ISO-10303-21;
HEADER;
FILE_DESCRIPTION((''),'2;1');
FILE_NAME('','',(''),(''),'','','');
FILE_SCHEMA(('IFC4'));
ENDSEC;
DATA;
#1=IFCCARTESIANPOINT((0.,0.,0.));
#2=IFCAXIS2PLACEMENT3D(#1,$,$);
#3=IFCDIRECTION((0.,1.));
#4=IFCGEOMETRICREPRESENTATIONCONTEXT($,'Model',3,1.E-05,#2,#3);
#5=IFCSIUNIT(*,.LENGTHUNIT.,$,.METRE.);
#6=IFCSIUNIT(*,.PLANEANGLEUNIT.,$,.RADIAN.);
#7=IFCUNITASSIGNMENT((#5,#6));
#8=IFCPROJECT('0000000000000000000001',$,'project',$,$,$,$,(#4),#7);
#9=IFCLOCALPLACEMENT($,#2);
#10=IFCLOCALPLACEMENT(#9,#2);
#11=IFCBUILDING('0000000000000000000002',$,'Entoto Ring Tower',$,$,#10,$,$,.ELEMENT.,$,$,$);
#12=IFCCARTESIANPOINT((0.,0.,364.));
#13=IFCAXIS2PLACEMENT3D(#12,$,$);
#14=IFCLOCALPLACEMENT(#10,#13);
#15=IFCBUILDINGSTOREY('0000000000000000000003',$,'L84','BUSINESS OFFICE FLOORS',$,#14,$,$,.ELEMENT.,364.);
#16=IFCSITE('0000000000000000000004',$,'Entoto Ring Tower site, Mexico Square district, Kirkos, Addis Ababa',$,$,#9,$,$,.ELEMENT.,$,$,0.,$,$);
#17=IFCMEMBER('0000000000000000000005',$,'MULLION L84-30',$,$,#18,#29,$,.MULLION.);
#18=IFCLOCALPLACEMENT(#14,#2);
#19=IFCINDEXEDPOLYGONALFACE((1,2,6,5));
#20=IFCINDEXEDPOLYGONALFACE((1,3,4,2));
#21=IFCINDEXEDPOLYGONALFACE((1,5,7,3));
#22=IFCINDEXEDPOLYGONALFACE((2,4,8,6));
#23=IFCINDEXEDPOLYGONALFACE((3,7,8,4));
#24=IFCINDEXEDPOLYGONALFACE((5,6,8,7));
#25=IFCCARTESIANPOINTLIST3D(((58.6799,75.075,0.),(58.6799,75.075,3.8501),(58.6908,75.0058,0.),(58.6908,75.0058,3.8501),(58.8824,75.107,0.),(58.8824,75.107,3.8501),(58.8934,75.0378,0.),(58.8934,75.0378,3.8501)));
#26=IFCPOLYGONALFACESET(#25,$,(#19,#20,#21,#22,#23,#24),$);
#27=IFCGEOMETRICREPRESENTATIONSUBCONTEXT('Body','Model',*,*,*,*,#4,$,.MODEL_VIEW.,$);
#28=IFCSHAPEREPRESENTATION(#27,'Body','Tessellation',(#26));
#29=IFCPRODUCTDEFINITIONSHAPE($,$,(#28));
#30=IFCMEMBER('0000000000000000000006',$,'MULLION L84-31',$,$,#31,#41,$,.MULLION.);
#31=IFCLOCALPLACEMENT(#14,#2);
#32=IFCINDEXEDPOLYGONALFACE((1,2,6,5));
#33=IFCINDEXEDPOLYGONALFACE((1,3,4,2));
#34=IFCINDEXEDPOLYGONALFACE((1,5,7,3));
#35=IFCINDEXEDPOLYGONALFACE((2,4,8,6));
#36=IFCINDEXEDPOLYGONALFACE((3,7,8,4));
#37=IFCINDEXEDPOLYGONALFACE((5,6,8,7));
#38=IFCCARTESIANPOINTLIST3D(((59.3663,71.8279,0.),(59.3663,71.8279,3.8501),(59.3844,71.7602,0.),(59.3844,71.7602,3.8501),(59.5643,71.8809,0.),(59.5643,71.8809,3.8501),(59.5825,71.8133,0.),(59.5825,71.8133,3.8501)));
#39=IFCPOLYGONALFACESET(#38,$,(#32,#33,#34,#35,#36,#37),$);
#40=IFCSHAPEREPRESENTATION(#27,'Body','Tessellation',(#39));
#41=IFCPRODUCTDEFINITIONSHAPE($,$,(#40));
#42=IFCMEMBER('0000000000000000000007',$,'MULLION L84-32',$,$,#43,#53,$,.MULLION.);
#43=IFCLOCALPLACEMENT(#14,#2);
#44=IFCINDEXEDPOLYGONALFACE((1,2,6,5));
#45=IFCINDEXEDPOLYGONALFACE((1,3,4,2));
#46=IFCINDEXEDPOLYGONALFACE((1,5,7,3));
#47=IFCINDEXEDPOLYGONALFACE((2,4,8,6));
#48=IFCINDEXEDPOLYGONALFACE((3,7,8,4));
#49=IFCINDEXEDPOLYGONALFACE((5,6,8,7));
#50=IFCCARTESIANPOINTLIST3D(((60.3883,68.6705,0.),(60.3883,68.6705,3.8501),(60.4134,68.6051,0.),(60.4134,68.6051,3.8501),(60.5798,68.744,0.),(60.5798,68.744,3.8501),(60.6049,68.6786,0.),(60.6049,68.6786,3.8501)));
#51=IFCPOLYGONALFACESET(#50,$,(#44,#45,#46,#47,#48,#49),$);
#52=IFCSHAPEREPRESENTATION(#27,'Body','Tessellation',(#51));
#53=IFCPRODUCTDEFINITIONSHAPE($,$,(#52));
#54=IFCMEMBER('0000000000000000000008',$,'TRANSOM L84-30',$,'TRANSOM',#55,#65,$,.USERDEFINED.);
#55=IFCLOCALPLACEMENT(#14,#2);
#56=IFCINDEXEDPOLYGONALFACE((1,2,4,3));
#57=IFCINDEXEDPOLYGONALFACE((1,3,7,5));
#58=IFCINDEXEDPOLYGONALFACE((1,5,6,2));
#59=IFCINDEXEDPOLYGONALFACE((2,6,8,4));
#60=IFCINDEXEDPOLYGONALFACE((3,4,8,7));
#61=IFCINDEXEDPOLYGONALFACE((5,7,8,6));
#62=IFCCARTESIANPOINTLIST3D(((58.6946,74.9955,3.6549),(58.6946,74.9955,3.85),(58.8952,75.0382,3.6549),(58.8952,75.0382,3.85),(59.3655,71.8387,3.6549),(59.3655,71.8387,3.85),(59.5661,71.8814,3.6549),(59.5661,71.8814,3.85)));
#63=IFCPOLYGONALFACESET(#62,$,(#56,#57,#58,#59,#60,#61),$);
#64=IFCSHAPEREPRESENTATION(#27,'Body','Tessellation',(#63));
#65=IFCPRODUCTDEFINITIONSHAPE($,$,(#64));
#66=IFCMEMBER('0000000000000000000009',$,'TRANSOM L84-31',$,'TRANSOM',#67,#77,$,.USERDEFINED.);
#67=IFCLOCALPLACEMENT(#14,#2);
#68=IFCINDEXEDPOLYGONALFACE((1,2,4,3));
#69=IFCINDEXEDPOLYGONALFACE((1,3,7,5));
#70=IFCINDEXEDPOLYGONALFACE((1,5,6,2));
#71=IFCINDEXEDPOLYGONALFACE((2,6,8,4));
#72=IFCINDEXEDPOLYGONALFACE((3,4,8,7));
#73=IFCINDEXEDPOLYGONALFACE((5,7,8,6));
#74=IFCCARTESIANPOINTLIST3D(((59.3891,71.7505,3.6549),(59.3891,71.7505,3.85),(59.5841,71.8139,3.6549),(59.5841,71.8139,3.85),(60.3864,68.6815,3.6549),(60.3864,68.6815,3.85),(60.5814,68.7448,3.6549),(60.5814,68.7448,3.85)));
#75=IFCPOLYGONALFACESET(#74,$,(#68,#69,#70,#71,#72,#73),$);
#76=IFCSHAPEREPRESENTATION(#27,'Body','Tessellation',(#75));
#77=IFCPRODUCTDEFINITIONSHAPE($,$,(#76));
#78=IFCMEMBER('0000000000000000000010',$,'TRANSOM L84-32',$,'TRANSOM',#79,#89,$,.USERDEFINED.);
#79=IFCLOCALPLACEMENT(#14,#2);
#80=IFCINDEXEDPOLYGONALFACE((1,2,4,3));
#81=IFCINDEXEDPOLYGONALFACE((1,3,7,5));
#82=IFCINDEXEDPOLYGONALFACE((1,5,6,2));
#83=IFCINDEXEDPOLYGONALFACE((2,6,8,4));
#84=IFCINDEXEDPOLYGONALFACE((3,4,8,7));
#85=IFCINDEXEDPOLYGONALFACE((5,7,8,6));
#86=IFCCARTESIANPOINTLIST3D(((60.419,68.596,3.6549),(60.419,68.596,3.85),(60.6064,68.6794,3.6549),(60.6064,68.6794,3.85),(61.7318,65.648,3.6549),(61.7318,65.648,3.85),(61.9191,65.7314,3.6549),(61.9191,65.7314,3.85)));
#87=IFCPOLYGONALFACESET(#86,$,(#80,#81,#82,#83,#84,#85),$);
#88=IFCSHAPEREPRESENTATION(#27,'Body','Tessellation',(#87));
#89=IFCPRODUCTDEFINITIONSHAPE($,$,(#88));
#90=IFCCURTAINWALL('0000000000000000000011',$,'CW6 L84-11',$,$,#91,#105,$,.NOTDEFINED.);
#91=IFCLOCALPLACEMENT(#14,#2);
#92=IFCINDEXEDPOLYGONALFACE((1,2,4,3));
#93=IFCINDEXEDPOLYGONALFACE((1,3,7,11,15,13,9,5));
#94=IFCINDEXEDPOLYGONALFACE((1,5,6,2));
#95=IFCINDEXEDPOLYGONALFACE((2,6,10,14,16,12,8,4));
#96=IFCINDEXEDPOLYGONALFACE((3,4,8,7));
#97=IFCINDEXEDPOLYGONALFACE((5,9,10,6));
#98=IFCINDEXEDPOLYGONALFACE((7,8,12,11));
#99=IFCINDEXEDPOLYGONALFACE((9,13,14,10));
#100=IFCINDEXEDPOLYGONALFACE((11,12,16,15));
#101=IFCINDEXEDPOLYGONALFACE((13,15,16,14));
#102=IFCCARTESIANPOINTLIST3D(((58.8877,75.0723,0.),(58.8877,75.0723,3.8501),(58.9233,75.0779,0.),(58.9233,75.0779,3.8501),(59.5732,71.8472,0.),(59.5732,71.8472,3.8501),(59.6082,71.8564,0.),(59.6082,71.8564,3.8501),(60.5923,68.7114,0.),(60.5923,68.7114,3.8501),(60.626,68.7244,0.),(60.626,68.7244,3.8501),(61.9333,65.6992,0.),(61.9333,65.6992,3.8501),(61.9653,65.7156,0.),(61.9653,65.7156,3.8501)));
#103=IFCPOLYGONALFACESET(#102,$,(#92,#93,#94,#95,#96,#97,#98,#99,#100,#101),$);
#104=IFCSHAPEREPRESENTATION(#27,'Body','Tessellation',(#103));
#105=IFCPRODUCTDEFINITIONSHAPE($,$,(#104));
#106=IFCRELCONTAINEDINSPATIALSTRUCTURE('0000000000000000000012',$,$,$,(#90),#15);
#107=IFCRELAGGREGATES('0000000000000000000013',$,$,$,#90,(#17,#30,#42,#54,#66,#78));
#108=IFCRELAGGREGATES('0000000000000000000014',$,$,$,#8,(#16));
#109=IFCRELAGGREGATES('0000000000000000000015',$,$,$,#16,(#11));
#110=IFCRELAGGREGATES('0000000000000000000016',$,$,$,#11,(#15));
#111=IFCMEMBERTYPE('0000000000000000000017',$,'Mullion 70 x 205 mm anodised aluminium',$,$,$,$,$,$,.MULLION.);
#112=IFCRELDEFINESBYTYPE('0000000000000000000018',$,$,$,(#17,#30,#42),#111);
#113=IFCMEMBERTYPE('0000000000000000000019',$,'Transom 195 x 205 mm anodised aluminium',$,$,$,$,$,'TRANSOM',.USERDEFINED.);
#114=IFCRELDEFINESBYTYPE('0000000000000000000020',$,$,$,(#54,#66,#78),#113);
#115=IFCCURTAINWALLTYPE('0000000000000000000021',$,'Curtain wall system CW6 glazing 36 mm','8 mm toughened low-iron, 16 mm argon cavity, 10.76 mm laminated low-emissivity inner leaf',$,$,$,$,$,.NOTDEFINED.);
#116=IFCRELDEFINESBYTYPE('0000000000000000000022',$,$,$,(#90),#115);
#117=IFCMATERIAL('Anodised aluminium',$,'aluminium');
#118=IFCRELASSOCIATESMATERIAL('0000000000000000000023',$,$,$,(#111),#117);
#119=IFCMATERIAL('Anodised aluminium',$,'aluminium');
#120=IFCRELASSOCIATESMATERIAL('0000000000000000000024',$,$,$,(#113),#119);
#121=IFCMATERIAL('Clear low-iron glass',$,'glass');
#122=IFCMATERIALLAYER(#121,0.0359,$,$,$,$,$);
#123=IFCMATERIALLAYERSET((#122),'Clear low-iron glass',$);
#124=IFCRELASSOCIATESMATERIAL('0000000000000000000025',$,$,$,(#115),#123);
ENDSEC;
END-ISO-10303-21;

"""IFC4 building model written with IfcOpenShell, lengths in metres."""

from ifc_helpers import new_model, si_unit, direction, frame, origin, origin_2d, place, context, subcontext, project, spatial, polyline, rectangle, outline, extrude, material, layer, layer_set, material_profile, profile_set, type_object, element, aggregate, save


model = new_model("IFC4")

# Units and contexts
model_context = context("Model", 3, precision=1e-05, world=origin(), true_north=direction((0.0, 1.0)))
body_context = subcontext(model_context, "Body", "Model", "MODEL_VIEW")
ifc_project = project(units=[si_unit("LENGTHUNIT", "METRE"), si_unit("PLANEANGLEUNIT", "RADIAN")], contexts=[model_context])

# Members
ifc_material_1 = material(Name="Anodised aluminium", Category="aluminium")
ifc_material_profile_1 = material_profile(ifc_material_1, rectangle(XDim=0.0701, YDim=0.2051, at=origin_2d()), Name="Mullion 70 x 205 mm anodised aluminium")
ifc_profile_set_1 = profile_set([ifc_material_profile_1], Name="Anodised aluminium")
member_type_1 = type_object("IfcMemberType", Name="Mullion 70 x 205 mm anodised aluminium", PredefinedType="MULLION", material=ifc_profile_set_1)
site_placement = place(None, origin())
building_placement = place(site_placement, origin())
storey_placement = place(building_placement, frame((0.0, 0.0, 364.0)))
member_1_placement = place(storey_placement, frame((58.7866, 75.0564, 0.0), z_axis=(0.0, 0.0, 1.0), x_axis=(0.156434, -0.987688, 0.0)))
member_1 = element("IfcMember", 1, at=member_1_placement, type_object=member_type_1, Name="MULLION L84-30", PredefinedType="MULLION", context=body_context, shape_type="SweptSolid", body=[
    extrude(rectangle(XDim=0.0701, YDim=0.2051, at=origin_2d()), origin(), (0.0, 0.0, 1.0), 3.8501),
])
member_2_placement = place(storey_placement, frame((59.4744, 71.8206, 0.0), z_axis=(0.0, 0.0, 1.0), x_axis=(0.258819, -0.965926, 0.0)))
member_2 = element("IfcMember", 2, at=member_2_placement, type_object=member_type_1, Name="MULLION L84-31", PredefinedType="MULLION", context=body_context, shape_type="SweptSolid", body=[
    extrude(rectangle(XDim=0.0701, YDim=0.2051, at=origin_2d()), origin(), (0.0, 0.0, 1.0), 3.8501),
])
member_3_placement = place(storey_placement, frame((60.4966, 68.6746, 0.0), z_axis=(0.0, 0.0, 1.0), x_axis=(0.358368, -0.93358, 0.0)))
member_3 = element("IfcMember", 3, at=member_3_placement, type_object=member_type_1, Name="MULLION L84-32", PredefinedType="MULLION", context=body_context, shape_type="SweptSolid", body=[
    extrude(rectangle(XDim=0.0701, YDim=0.2051, at=origin_2d()), origin(), (0.0, 0.0, 1.0), 3.8501),
])
ifc_material_2 = material(Name="Anodised aluminium", Category="aluminium")
ifc_material_profile_2 = material_profile(ifc_material_2, rectangle(XDim=0.2051, YDim=0.1951, at=origin_2d()), Name="Transom 195 x 205 mm anodised aluminium")
ifc_profile_set_2 = profile_set([ifc_material_profile_2], Name="Anodised aluminium")
member_type_2 = type_object("IfcMemberType", Name="Transom 195 x 205 mm anodised aluminium", ElementType="TRANSOM", PredefinedType="USERDEFINED", material=ifc_profile_set_2)
member_4_placement = place(storey_placement, frame((58.7949, 75.0168, 3.7524), z_axis=(0.207886, -0.978153, 0.0), x_axis=(0.978153, 0.207886, 0.0)))
member_4 = element("IfcMember", 4, at=member_4_placement, type_object=member_type_2, Name="TRANSOM L84-30", ObjectType="TRANSOM", PredefinedType="USERDEFINED", context=body_context, shape_type="SweptSolid", body=[
    extrude(rectangle(XDim=0.2051, YDim=0.1951, at=origin_2d()), origin(), (0.0, 0.0, 1.0), 3.2273),
])
member_5_placement = place(storey_placement, frame((59.4866, 71.7822, 3.7524), z_axis=(0.309047, -0.951047, 0.0), x_axis=(0.951047, 0.309047, 0.0)))
member_5 = element("IfcMember", 5, at=member_5_placement, type_object=member_type_2, Name="TRANSOM L84-31", ObjectType="TRANSOM", PredefinedType="USERDEFINED", context=body_context, shape_type="SweptSolid", body=[
    extrude(rectangle(XDim=0.2051, YDim=0.1951, at=origin_2d()), origin(), (0.0, 0.0, 1.0), 3.2271),
])
member_6_placement = place(storey_placement, frame((60.5127, 68.6377, 3.7524), z_axis=(0.406791, -0.913521, 0.0), x_axis=(0.913521, 0.406791, 0.0)))
member_6 = element("IfcMember", 6, at=member_6_placement, type_object=member_type_2, Name="TRANSOM L84-32", ObjectType="TRANSOM", PredefinedType="USERDEFINED", context=body_context, shape_type="SweptSolid", body=[
    extrude(rectangle(XDim=0.2051, YDim=0.1951, at=origin_2d()), origin(), (0.0, 0.0, 1.0), 3.2271),
])

# Site, building, storey
site = spatial("IfcSite", under=ifc_project, at=site_placement, Name="Entoto Ring Tower site, Mexico Square district, Kirkos, Addis Ababa", CompositionType="ELEMENT", RefElevation=0.0)
building = spatial("IfcBuilding", under=site, at=building_placement, Name="Entoto Ring Tower", CompositionType="ELEMENT")
storey = spatial("IfcBuildingStorey", under=building, at=storey_placement, Name="L84", Description="BUSINESS OFFICE FLOORS", CompositionType="ELEMENT", Elevation=364.0)

# Curtain wall
ifc_material_3 = material(Name="Clear low-iron glass", Category="glass")
ifc_layer = layer(ifc_material_3, 0.0359)
ifc_layer_set = layer_set([ifc_layer], Name="Clear low-iron glass")
curtain_wall_type = type_object("IfcCurtainWallType", Name="Curtain wall system CW6 glazing 36 mm", Description="8 mm toughened low-iron, 16 mm argon cavity, 10.76 mm laminated low-emissivity inner leaf", PredefinedType="NOTDEFINED", material=ifc_layer_set)
curtain_wall_1_placement = place(storey_placement, origin())
curtain_wall_1 = element("IfcCurtainWall", 7, at=curtain_wall_1_placement, inside=storey, type_object=curtain_wall_type, Name="CW6 L84-11", PredefinedType="NOTDEFINED", context=body_context, shape_type="SweptSolid", body=[
    extrude(outline(polyline([(58.8877, 75.0723), (59.5732, 71.8472), (60.5923, 68.7114), (61.9333, 65.6992), (61.9653, 65.7156), (60.626, 68.7244), (59.6082, 71.8564), (58.9233, 75.0779), (58.8877, 75.0723)])), origin(), (0.0, 0.0, 1.0), 3.8501),
])
aggregate(curtain_wall_1, [member_1, member_2, member_3, member_4, member_5, member_6])

save(model, "model.ifc")
